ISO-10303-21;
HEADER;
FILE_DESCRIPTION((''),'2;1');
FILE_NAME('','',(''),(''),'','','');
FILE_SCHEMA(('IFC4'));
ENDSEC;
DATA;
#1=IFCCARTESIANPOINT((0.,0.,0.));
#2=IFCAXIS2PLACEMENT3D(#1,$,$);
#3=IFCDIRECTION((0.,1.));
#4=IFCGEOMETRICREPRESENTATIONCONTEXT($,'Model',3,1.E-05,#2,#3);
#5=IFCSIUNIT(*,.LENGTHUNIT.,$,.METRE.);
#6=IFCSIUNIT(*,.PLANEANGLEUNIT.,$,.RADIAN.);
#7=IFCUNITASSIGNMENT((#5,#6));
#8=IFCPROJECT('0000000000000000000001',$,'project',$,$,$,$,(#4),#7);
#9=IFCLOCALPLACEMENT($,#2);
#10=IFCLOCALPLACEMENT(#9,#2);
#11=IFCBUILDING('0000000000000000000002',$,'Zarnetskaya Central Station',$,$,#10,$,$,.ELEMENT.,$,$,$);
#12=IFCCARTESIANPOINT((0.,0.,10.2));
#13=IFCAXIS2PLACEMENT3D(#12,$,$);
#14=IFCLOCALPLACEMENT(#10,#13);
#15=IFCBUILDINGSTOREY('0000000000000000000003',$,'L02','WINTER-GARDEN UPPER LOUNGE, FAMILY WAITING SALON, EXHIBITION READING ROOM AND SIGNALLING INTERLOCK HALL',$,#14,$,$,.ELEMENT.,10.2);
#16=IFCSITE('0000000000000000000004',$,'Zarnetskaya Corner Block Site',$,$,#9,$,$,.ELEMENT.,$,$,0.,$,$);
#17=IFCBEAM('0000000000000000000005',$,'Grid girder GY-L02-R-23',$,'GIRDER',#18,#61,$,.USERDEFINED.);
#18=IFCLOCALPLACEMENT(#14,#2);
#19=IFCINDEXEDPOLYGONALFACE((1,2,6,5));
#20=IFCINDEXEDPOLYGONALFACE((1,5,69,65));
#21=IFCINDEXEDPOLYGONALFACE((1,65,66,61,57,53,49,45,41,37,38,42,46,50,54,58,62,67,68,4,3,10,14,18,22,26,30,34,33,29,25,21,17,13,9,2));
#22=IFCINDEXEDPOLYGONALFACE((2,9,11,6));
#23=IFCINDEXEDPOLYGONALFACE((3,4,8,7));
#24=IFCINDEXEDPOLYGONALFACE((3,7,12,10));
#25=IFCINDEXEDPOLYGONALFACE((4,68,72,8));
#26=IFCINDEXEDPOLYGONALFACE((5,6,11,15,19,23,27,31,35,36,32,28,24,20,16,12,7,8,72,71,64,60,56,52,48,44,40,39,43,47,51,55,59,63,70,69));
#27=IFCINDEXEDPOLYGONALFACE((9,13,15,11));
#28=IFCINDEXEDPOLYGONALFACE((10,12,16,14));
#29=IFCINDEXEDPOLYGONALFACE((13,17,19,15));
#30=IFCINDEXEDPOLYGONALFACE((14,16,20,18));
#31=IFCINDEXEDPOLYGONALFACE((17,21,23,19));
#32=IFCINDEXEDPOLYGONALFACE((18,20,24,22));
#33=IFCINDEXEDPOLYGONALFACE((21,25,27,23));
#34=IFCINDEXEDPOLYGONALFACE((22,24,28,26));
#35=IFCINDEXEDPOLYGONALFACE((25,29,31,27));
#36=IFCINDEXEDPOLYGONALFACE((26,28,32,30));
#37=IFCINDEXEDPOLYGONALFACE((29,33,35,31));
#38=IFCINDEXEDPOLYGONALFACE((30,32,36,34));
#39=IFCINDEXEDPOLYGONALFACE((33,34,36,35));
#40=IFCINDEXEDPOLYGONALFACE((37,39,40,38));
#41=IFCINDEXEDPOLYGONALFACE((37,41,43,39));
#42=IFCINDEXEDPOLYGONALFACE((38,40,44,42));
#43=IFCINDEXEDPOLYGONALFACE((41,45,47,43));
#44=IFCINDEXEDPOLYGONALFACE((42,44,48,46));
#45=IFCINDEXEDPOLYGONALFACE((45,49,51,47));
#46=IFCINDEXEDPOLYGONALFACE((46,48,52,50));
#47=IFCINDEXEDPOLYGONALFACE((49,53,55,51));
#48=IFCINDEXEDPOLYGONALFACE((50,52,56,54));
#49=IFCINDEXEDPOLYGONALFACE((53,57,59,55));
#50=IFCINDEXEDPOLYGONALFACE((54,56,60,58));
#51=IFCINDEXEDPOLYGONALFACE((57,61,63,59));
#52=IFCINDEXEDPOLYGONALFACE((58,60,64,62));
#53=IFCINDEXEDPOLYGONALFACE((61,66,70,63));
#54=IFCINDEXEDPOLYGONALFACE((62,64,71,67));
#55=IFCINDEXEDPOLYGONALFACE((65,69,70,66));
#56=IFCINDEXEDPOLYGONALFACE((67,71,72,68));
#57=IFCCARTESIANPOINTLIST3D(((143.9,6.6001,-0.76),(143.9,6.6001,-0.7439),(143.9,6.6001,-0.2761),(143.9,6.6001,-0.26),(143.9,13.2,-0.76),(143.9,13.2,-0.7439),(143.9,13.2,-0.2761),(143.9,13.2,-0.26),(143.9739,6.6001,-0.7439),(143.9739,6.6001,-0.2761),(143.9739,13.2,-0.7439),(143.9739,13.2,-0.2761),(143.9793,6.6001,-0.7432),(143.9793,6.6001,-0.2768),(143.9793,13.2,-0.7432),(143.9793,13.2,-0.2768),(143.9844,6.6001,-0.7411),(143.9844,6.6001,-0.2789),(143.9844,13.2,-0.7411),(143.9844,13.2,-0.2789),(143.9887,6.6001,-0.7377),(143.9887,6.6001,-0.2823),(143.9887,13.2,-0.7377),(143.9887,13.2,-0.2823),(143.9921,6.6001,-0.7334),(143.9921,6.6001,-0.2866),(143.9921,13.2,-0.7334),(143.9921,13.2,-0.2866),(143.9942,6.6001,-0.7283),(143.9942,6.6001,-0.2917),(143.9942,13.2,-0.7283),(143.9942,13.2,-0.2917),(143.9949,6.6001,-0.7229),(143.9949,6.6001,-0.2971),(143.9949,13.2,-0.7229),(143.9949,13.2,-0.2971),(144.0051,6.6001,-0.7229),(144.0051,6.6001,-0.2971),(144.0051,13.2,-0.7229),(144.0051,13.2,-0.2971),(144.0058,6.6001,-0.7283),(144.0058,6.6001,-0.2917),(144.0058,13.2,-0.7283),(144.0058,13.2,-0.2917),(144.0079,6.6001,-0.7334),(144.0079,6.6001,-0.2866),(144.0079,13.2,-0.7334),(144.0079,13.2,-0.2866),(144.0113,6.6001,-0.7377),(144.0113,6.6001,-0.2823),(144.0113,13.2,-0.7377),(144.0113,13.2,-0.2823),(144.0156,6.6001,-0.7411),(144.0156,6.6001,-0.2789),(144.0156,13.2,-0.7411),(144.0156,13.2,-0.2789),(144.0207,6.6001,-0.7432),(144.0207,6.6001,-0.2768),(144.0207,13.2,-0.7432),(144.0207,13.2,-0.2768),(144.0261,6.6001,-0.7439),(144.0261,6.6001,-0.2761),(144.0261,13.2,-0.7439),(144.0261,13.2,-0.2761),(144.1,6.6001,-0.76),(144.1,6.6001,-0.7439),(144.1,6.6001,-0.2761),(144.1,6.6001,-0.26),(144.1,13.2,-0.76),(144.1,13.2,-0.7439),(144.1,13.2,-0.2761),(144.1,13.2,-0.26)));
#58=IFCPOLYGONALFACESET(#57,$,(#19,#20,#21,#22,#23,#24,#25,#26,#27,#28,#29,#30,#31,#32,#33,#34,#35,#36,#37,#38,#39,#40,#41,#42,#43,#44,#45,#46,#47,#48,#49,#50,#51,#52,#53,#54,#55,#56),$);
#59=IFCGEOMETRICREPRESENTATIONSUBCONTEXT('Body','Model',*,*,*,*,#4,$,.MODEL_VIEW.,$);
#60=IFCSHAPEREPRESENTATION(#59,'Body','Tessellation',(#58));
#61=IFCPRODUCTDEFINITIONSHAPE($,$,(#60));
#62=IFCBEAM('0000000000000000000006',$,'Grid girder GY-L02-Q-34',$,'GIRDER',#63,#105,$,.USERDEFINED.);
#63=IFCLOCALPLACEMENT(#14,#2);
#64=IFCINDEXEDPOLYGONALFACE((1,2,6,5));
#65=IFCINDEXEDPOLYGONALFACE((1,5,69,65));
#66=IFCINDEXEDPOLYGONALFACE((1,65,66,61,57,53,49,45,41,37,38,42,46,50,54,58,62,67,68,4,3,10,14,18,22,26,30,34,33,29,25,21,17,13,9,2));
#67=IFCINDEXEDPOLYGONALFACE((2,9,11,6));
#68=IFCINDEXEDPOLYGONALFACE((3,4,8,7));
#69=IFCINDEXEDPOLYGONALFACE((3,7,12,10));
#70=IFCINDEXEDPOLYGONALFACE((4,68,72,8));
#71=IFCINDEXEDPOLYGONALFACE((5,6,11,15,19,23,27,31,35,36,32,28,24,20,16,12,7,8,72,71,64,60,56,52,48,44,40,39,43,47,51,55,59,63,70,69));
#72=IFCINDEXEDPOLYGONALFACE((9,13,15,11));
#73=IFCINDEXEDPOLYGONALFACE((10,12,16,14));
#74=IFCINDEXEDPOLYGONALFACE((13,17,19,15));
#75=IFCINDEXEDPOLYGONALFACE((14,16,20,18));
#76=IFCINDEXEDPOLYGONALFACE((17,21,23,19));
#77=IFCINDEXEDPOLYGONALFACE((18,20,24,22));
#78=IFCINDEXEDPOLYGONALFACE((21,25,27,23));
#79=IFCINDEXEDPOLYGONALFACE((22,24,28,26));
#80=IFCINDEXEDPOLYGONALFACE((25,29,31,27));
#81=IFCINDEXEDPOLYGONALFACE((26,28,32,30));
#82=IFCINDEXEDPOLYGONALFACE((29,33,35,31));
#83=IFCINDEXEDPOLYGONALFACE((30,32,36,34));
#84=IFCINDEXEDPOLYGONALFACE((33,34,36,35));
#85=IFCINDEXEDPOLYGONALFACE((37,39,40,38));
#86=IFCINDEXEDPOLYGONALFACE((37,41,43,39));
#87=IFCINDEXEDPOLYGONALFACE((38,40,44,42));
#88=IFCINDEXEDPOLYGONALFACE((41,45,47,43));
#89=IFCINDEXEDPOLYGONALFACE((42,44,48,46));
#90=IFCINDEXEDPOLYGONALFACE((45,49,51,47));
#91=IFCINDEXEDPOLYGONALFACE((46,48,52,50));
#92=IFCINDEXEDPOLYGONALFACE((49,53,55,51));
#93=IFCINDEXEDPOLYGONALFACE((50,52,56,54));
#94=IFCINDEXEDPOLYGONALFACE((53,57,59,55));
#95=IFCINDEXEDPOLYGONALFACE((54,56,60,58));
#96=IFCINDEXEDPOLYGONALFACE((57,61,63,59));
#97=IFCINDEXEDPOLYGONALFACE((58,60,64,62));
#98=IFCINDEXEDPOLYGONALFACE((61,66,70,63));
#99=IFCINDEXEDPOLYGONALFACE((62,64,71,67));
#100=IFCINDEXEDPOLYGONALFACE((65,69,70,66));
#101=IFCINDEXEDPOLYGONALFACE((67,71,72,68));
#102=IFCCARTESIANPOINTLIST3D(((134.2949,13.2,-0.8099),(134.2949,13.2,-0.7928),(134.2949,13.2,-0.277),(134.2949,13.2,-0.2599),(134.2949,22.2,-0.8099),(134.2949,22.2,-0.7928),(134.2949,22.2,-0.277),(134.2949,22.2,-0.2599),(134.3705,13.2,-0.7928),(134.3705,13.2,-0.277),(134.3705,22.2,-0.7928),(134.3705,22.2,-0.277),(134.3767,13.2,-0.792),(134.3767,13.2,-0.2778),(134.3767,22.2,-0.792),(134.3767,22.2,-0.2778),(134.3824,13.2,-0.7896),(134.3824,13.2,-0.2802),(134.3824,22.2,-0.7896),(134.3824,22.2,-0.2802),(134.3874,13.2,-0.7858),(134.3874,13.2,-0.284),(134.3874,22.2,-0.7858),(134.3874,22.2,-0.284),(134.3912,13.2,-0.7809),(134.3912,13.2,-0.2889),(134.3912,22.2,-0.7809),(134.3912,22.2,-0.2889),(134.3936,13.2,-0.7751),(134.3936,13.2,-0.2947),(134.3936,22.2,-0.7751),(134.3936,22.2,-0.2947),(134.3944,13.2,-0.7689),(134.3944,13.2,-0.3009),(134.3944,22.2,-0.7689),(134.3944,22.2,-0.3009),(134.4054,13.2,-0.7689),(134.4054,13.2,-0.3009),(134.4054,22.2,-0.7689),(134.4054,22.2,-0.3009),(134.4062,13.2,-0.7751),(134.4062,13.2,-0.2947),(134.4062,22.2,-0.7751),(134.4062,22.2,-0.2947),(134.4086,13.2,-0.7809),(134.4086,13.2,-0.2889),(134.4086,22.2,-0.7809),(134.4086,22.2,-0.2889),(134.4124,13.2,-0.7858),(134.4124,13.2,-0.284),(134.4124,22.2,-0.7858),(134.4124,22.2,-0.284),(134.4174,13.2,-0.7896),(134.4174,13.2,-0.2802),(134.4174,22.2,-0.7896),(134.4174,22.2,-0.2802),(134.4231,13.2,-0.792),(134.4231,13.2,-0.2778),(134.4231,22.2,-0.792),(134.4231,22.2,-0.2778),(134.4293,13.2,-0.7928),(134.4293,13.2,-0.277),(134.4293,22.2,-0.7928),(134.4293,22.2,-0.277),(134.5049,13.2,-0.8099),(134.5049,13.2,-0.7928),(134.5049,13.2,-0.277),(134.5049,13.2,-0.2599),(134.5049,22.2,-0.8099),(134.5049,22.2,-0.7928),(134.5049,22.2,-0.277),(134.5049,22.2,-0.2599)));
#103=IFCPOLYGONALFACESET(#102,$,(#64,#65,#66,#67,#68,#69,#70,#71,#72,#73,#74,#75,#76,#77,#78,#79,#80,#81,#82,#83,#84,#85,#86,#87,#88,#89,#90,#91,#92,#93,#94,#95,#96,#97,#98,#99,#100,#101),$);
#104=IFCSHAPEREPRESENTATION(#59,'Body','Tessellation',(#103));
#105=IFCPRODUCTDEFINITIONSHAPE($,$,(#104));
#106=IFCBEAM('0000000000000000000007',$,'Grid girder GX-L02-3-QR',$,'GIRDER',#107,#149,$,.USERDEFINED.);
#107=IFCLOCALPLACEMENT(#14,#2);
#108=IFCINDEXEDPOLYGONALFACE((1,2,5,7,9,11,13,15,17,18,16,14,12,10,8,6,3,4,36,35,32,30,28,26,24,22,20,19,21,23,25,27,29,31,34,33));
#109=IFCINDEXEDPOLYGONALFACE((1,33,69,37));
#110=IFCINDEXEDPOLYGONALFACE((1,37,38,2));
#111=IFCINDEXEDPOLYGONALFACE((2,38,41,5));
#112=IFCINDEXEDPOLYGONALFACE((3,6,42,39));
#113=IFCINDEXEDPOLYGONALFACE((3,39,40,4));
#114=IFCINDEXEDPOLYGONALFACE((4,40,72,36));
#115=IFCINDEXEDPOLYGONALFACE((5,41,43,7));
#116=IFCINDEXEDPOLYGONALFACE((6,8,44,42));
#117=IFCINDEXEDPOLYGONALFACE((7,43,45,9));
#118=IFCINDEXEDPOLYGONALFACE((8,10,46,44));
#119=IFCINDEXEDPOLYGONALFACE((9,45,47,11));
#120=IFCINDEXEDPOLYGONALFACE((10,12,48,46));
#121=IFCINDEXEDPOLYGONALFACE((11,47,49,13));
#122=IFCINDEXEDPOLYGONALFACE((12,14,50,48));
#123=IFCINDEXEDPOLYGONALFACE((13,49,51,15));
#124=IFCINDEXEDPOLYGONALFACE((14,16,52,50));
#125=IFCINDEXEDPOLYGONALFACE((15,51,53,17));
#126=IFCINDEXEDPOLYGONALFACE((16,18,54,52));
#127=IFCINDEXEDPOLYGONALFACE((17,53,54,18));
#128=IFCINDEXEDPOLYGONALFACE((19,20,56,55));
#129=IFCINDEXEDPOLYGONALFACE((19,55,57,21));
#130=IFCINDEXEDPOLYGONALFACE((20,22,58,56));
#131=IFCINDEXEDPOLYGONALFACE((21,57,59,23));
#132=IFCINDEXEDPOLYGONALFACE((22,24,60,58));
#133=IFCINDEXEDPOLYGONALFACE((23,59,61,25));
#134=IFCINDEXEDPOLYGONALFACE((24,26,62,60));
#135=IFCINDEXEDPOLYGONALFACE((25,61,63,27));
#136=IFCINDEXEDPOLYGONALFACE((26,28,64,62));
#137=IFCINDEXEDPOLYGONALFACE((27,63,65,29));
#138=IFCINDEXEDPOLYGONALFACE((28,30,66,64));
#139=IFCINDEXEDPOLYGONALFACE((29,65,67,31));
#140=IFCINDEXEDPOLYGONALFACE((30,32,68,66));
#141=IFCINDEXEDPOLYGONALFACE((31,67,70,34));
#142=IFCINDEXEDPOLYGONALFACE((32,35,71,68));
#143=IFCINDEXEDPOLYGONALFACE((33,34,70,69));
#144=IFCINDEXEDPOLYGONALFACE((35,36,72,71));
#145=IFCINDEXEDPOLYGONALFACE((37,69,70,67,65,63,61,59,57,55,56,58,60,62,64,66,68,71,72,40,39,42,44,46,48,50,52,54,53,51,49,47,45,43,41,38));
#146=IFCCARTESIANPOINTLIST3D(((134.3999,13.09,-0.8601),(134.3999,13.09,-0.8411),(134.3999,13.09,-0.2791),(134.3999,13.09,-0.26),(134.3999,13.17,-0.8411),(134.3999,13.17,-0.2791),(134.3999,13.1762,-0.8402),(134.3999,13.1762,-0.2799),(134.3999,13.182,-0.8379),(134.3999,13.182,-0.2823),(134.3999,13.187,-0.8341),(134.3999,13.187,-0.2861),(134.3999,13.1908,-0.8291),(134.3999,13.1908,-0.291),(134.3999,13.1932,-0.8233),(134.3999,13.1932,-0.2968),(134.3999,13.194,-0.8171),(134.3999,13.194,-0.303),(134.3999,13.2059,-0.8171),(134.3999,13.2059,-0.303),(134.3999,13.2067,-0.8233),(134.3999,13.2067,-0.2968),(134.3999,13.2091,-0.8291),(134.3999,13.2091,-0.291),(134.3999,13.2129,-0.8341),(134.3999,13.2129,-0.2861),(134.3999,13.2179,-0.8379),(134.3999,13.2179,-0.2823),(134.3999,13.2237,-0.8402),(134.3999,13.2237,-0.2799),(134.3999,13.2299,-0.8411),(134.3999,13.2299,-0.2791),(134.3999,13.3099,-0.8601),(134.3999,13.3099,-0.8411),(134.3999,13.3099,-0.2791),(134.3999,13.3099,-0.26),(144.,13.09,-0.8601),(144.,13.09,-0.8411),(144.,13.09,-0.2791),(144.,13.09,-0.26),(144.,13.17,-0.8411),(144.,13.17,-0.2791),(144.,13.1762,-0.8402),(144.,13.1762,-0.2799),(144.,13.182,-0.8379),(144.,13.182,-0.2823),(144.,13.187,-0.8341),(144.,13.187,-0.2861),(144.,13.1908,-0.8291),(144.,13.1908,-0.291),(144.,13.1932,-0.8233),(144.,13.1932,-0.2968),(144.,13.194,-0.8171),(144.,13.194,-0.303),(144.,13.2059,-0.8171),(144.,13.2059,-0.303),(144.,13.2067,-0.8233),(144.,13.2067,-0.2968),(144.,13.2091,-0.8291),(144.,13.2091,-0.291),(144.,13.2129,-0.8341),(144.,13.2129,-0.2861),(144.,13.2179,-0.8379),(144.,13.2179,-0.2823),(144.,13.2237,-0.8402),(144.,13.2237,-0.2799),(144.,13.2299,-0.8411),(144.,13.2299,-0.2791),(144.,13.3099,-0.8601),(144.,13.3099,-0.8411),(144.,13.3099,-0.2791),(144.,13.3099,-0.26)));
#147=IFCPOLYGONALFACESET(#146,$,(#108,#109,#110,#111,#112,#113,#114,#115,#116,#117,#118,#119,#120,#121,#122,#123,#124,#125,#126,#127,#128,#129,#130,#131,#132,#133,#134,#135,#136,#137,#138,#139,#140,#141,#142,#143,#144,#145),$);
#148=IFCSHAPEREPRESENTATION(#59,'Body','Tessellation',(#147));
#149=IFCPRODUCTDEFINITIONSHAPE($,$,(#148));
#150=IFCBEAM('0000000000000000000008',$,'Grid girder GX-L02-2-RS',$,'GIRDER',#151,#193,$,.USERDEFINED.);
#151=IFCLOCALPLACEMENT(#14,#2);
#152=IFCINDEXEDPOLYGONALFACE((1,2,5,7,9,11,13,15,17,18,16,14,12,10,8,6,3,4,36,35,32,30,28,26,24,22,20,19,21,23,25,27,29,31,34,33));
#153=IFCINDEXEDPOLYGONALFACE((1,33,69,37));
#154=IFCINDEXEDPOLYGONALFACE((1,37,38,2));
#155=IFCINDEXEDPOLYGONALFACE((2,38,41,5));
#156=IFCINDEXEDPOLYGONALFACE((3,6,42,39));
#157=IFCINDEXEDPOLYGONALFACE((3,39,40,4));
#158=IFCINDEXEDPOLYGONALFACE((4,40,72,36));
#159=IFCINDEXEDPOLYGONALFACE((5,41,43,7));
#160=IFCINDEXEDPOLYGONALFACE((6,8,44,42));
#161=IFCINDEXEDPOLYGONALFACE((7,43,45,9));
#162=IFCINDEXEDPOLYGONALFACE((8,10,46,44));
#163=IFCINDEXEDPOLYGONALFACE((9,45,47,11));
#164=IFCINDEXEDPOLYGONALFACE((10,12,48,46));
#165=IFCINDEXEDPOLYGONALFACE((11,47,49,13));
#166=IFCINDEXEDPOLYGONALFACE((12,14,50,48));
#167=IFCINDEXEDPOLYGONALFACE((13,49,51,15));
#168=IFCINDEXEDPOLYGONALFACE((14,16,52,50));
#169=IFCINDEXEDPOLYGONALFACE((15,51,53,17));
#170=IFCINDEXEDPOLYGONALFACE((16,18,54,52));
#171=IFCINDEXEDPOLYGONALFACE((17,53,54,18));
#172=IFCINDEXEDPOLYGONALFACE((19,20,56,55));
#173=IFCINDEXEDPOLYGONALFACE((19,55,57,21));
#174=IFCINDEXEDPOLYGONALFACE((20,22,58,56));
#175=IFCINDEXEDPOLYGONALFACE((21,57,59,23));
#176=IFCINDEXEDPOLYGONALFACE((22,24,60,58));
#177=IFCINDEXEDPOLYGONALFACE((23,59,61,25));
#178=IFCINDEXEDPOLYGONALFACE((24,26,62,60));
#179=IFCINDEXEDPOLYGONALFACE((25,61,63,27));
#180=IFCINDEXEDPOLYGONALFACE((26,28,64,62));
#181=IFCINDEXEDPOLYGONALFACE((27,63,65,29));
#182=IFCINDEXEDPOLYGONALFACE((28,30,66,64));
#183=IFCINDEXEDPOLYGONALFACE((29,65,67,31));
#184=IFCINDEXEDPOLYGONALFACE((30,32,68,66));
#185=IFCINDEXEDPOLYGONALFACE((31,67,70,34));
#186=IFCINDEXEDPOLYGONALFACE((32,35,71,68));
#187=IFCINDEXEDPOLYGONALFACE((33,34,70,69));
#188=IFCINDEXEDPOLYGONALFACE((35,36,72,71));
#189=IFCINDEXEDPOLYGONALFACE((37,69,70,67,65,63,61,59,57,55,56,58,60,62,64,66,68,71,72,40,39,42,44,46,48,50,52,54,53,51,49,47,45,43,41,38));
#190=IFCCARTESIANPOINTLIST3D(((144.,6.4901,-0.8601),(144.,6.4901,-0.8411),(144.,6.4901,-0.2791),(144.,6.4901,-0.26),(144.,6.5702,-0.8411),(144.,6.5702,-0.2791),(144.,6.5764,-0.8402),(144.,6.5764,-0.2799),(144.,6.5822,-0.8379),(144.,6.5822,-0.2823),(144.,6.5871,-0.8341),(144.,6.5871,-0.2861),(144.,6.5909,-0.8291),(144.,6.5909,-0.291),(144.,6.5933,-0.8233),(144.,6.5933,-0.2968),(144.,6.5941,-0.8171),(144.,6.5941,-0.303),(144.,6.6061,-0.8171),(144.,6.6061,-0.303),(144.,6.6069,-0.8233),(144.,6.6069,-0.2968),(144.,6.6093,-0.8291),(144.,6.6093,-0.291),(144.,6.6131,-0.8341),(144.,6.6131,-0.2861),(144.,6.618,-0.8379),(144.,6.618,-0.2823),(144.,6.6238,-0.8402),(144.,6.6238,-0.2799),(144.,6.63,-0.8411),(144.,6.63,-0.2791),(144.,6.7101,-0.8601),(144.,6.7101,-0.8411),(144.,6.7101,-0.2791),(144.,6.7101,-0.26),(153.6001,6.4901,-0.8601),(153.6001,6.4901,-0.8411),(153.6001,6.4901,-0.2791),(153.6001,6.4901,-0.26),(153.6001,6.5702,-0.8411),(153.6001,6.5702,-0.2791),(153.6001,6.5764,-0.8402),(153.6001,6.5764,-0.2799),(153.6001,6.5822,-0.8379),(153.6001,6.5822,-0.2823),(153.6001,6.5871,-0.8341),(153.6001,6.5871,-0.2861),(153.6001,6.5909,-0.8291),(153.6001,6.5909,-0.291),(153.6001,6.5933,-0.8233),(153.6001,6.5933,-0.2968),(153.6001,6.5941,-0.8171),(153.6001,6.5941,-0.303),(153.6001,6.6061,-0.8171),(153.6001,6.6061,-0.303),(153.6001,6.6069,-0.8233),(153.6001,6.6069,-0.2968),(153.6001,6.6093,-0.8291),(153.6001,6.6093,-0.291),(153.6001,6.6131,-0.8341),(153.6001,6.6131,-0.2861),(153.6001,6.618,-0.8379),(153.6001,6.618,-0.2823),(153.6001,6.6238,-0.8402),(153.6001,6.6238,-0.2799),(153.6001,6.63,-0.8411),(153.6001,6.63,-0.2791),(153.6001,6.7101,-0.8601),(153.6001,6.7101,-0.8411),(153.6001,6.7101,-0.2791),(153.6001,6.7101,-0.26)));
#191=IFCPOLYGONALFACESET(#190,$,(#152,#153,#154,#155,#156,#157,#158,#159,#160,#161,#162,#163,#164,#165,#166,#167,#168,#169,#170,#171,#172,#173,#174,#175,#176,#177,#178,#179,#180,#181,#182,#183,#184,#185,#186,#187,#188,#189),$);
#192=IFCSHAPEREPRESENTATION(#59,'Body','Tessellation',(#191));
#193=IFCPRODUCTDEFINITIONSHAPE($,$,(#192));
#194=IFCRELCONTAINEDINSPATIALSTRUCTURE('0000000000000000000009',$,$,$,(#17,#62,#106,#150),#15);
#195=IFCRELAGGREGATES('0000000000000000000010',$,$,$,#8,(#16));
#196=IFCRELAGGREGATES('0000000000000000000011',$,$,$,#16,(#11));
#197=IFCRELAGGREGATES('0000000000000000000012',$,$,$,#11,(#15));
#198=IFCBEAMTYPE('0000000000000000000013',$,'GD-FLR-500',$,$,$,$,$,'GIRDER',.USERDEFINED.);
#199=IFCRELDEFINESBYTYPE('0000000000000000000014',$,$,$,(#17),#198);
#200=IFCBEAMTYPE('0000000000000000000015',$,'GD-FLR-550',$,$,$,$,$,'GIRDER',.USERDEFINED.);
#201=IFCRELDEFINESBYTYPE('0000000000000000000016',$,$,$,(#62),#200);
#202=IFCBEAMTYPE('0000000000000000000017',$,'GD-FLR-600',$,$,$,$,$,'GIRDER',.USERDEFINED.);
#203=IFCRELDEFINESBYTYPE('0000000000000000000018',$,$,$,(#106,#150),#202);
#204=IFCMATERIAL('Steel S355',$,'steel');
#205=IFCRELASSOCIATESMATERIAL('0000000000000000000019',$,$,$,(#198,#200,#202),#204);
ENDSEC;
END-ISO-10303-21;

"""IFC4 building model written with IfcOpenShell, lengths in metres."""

from ifc_helpers import new_model, si_unit, direction, frame, origin, origin_2d, place, context, subcontext, project, spatial, i_section, extrude, material, material_profile, profile_set, type_object, element, save


model = new_model("IFC4")

# Units and contexts
model_context = context("Model", 3, precision=1e-05, world=origin(), true_north=direction((0.0, 1.0)))
body_context = subcontext(model_context, "Body", "Model", "MODEL_VIEW")
ifc_project = project(units=[si_unit("LENGTHUNIT", "METRE"), si_unit("PLANEANGLEUNIT", "RADIAN")], contexts=[model_context])

# Site, building, storey
site_placement = place(None, origin())
site = spatial("IfcSite", under=ifc_project, at=site_placement, Name="Zarnetskaya Corner Block Site", CompositionType="ELEMENT", RefElevation=0.0)
building_placement = place(site_placement, origin())
building = spatial("IfcBuilding", under=site, at=building_placement, Name="Zarnetskaya Central Station", CompositionType="ELEMENT")
storey_placement = place(building_placement, frame((0.0, 0.0, 10.2)))
storey = spatial("IfcBuildingStorey", under=building, at=storey_placement, Name="L02", Description="WINTER-GARDEN UPPER LOUNGE, FAMILY WAITING SALON, EXHIBITION READING ROOM AND SIGNALLING INTERLOCK HALL", CompositionType="ELEMENT", Elevation=10.2)

# Shared definitions
ifc_material_1 = material(Name="Steel S355", Category="steel")

# Beams
ifc_material_profile_1 = material_profile(ifc_material_1, i_section(OverallWidth=0.2, OverallDepth=0.5, WebThickness=0.0103, FlangeThickness=0.0161, FilletRadius=0.021, at=origin_2d()), Name="IPE 500")
ifc_profile_set_1 = profile_set([ifc_material_profile_1], Name="Steel S355")
beam_type_1 = type_object("IfcBeamType", Name="GD-FLR-500", ElementType="GIRDER", PredefinedType="USERDEFINED", material=ifc_profile_set_1)
beam_1_placement = place(storey_placement, frame((144.0, 6.6001, -0.51), z_axis=(0.0, 1.0, 0.0), x_axis=(-1.0, 0.0, 0.0)))
element("IfcBeam", 1, at=beam_1_placement, inside=storey, type_object=beam_type_1, Name="Grid girder GY-L02-R-23", ObjectType="GIRDER", PredefinedType="USERDEFINED", context=body_context, shape_type="SweptSolid", body=[
    extrude(i_section(OverallWidth=0.2, OverallDepth=0.5, WebThickness=0.0103, FlangeThickness=0.0161, FilletRadius=0.021, at=origin_2d()), origin(), (0.0, 0.0, 1.0), 6.5999),
])
ifc_material_profile_2 = material_profile(ifc_material_1, i_section(OverallWidth=0.21, OverallDepth=0.55, WebThickness=0.011, FlangeThickness=0.0171, FilletRadius=0.0239, at=origin_2d()), Name="IPE 550")
ifc_profile_set_2 = profile_set([ifc_material_profile_2], Name="Steel S355")
beam_type_2 = type_object("IfcBeamType", Name="GD-FLR-550", ElementType="GIRDER", PredefinedType="USERDEFINED", material=ifc_profile_set_2)
beam_2_placement = place(storey_placement, frame((134.3999, 13.2, -0.5349), z_axis=(0.0, 1.0, 0.0), x_axis=(-1.0, 0.0, 0.0)))
element("IfcBeam", 2, at=beam_2_placement, inside=storey, type_object=beam_type_2, Name="Grid girder GY-L02-Q-34", ObjectType="GIRDER", PredefinedType="USERDEFINED", context=body_context, shape_type="SweptSolid", body=[
    extrude(i_section(OverallWidth=0.21, OverallDepth=0.55, WebThickness=0.011, FlangeThickness=0.0171, FilletRadius=0.0239, at=origin_2d()), origin(), (0.0, 0.0, 1.0), 9.0),
])
ifc_material_profile_3 = material_profile(ifc_material_1, i_section(OverallWidth=0.22, OverallDepth=0.6001, WebThickness=0.012, FlangeThickness=0.019, FilletRadius=0.0239, at=origin_2d()), Name="IPE 600")
ifc_profile_set_3 = profile_set([ifc_material_profile_3], Name="Steel S355")
beam_type_3 = type_object("IfcBeamType", Name="GD-FLR-600", ElementType="GIRDER", PredefinedType="USERDEFINED", material=ifc_profile_set_3)
for number, where, z_axis, x_axis, name in (
    (3, (134.3999, 13.2, -0.5601), (1.0, 0.0, 0.0), (0.0, 1.0, 0.0), "Grid girder GX-L02-3-QR"),
    (4, (144.0, 6.6001, -0.5601), (1.0, 0.0, 0.0), (0.0, 1.0, 0.0), "Grid girder GX-L02-2-RS"),
):
    element("IfcBeam", number, at=place(storey_placement, frame(where, z_axis=z_axis, x_axis=x_axis)), inside=storey, type_object=beam_type_3, Name=name, ObjectType="GIRDER", PredefinedType="USERDEFINED", context=body_context, shape_type="SweptSolid", body=[
        extrude(i_section(OverallWidth=0.22, OverallDepth=0.6001, WebThickness=0.012, FlangeThickness=0.019, FilletRadius=0.0239, at=origin_2d()), origin(), (0.0, 0.0, 1.0), 9.6001),
    ])

save(model, "model.ifc")
